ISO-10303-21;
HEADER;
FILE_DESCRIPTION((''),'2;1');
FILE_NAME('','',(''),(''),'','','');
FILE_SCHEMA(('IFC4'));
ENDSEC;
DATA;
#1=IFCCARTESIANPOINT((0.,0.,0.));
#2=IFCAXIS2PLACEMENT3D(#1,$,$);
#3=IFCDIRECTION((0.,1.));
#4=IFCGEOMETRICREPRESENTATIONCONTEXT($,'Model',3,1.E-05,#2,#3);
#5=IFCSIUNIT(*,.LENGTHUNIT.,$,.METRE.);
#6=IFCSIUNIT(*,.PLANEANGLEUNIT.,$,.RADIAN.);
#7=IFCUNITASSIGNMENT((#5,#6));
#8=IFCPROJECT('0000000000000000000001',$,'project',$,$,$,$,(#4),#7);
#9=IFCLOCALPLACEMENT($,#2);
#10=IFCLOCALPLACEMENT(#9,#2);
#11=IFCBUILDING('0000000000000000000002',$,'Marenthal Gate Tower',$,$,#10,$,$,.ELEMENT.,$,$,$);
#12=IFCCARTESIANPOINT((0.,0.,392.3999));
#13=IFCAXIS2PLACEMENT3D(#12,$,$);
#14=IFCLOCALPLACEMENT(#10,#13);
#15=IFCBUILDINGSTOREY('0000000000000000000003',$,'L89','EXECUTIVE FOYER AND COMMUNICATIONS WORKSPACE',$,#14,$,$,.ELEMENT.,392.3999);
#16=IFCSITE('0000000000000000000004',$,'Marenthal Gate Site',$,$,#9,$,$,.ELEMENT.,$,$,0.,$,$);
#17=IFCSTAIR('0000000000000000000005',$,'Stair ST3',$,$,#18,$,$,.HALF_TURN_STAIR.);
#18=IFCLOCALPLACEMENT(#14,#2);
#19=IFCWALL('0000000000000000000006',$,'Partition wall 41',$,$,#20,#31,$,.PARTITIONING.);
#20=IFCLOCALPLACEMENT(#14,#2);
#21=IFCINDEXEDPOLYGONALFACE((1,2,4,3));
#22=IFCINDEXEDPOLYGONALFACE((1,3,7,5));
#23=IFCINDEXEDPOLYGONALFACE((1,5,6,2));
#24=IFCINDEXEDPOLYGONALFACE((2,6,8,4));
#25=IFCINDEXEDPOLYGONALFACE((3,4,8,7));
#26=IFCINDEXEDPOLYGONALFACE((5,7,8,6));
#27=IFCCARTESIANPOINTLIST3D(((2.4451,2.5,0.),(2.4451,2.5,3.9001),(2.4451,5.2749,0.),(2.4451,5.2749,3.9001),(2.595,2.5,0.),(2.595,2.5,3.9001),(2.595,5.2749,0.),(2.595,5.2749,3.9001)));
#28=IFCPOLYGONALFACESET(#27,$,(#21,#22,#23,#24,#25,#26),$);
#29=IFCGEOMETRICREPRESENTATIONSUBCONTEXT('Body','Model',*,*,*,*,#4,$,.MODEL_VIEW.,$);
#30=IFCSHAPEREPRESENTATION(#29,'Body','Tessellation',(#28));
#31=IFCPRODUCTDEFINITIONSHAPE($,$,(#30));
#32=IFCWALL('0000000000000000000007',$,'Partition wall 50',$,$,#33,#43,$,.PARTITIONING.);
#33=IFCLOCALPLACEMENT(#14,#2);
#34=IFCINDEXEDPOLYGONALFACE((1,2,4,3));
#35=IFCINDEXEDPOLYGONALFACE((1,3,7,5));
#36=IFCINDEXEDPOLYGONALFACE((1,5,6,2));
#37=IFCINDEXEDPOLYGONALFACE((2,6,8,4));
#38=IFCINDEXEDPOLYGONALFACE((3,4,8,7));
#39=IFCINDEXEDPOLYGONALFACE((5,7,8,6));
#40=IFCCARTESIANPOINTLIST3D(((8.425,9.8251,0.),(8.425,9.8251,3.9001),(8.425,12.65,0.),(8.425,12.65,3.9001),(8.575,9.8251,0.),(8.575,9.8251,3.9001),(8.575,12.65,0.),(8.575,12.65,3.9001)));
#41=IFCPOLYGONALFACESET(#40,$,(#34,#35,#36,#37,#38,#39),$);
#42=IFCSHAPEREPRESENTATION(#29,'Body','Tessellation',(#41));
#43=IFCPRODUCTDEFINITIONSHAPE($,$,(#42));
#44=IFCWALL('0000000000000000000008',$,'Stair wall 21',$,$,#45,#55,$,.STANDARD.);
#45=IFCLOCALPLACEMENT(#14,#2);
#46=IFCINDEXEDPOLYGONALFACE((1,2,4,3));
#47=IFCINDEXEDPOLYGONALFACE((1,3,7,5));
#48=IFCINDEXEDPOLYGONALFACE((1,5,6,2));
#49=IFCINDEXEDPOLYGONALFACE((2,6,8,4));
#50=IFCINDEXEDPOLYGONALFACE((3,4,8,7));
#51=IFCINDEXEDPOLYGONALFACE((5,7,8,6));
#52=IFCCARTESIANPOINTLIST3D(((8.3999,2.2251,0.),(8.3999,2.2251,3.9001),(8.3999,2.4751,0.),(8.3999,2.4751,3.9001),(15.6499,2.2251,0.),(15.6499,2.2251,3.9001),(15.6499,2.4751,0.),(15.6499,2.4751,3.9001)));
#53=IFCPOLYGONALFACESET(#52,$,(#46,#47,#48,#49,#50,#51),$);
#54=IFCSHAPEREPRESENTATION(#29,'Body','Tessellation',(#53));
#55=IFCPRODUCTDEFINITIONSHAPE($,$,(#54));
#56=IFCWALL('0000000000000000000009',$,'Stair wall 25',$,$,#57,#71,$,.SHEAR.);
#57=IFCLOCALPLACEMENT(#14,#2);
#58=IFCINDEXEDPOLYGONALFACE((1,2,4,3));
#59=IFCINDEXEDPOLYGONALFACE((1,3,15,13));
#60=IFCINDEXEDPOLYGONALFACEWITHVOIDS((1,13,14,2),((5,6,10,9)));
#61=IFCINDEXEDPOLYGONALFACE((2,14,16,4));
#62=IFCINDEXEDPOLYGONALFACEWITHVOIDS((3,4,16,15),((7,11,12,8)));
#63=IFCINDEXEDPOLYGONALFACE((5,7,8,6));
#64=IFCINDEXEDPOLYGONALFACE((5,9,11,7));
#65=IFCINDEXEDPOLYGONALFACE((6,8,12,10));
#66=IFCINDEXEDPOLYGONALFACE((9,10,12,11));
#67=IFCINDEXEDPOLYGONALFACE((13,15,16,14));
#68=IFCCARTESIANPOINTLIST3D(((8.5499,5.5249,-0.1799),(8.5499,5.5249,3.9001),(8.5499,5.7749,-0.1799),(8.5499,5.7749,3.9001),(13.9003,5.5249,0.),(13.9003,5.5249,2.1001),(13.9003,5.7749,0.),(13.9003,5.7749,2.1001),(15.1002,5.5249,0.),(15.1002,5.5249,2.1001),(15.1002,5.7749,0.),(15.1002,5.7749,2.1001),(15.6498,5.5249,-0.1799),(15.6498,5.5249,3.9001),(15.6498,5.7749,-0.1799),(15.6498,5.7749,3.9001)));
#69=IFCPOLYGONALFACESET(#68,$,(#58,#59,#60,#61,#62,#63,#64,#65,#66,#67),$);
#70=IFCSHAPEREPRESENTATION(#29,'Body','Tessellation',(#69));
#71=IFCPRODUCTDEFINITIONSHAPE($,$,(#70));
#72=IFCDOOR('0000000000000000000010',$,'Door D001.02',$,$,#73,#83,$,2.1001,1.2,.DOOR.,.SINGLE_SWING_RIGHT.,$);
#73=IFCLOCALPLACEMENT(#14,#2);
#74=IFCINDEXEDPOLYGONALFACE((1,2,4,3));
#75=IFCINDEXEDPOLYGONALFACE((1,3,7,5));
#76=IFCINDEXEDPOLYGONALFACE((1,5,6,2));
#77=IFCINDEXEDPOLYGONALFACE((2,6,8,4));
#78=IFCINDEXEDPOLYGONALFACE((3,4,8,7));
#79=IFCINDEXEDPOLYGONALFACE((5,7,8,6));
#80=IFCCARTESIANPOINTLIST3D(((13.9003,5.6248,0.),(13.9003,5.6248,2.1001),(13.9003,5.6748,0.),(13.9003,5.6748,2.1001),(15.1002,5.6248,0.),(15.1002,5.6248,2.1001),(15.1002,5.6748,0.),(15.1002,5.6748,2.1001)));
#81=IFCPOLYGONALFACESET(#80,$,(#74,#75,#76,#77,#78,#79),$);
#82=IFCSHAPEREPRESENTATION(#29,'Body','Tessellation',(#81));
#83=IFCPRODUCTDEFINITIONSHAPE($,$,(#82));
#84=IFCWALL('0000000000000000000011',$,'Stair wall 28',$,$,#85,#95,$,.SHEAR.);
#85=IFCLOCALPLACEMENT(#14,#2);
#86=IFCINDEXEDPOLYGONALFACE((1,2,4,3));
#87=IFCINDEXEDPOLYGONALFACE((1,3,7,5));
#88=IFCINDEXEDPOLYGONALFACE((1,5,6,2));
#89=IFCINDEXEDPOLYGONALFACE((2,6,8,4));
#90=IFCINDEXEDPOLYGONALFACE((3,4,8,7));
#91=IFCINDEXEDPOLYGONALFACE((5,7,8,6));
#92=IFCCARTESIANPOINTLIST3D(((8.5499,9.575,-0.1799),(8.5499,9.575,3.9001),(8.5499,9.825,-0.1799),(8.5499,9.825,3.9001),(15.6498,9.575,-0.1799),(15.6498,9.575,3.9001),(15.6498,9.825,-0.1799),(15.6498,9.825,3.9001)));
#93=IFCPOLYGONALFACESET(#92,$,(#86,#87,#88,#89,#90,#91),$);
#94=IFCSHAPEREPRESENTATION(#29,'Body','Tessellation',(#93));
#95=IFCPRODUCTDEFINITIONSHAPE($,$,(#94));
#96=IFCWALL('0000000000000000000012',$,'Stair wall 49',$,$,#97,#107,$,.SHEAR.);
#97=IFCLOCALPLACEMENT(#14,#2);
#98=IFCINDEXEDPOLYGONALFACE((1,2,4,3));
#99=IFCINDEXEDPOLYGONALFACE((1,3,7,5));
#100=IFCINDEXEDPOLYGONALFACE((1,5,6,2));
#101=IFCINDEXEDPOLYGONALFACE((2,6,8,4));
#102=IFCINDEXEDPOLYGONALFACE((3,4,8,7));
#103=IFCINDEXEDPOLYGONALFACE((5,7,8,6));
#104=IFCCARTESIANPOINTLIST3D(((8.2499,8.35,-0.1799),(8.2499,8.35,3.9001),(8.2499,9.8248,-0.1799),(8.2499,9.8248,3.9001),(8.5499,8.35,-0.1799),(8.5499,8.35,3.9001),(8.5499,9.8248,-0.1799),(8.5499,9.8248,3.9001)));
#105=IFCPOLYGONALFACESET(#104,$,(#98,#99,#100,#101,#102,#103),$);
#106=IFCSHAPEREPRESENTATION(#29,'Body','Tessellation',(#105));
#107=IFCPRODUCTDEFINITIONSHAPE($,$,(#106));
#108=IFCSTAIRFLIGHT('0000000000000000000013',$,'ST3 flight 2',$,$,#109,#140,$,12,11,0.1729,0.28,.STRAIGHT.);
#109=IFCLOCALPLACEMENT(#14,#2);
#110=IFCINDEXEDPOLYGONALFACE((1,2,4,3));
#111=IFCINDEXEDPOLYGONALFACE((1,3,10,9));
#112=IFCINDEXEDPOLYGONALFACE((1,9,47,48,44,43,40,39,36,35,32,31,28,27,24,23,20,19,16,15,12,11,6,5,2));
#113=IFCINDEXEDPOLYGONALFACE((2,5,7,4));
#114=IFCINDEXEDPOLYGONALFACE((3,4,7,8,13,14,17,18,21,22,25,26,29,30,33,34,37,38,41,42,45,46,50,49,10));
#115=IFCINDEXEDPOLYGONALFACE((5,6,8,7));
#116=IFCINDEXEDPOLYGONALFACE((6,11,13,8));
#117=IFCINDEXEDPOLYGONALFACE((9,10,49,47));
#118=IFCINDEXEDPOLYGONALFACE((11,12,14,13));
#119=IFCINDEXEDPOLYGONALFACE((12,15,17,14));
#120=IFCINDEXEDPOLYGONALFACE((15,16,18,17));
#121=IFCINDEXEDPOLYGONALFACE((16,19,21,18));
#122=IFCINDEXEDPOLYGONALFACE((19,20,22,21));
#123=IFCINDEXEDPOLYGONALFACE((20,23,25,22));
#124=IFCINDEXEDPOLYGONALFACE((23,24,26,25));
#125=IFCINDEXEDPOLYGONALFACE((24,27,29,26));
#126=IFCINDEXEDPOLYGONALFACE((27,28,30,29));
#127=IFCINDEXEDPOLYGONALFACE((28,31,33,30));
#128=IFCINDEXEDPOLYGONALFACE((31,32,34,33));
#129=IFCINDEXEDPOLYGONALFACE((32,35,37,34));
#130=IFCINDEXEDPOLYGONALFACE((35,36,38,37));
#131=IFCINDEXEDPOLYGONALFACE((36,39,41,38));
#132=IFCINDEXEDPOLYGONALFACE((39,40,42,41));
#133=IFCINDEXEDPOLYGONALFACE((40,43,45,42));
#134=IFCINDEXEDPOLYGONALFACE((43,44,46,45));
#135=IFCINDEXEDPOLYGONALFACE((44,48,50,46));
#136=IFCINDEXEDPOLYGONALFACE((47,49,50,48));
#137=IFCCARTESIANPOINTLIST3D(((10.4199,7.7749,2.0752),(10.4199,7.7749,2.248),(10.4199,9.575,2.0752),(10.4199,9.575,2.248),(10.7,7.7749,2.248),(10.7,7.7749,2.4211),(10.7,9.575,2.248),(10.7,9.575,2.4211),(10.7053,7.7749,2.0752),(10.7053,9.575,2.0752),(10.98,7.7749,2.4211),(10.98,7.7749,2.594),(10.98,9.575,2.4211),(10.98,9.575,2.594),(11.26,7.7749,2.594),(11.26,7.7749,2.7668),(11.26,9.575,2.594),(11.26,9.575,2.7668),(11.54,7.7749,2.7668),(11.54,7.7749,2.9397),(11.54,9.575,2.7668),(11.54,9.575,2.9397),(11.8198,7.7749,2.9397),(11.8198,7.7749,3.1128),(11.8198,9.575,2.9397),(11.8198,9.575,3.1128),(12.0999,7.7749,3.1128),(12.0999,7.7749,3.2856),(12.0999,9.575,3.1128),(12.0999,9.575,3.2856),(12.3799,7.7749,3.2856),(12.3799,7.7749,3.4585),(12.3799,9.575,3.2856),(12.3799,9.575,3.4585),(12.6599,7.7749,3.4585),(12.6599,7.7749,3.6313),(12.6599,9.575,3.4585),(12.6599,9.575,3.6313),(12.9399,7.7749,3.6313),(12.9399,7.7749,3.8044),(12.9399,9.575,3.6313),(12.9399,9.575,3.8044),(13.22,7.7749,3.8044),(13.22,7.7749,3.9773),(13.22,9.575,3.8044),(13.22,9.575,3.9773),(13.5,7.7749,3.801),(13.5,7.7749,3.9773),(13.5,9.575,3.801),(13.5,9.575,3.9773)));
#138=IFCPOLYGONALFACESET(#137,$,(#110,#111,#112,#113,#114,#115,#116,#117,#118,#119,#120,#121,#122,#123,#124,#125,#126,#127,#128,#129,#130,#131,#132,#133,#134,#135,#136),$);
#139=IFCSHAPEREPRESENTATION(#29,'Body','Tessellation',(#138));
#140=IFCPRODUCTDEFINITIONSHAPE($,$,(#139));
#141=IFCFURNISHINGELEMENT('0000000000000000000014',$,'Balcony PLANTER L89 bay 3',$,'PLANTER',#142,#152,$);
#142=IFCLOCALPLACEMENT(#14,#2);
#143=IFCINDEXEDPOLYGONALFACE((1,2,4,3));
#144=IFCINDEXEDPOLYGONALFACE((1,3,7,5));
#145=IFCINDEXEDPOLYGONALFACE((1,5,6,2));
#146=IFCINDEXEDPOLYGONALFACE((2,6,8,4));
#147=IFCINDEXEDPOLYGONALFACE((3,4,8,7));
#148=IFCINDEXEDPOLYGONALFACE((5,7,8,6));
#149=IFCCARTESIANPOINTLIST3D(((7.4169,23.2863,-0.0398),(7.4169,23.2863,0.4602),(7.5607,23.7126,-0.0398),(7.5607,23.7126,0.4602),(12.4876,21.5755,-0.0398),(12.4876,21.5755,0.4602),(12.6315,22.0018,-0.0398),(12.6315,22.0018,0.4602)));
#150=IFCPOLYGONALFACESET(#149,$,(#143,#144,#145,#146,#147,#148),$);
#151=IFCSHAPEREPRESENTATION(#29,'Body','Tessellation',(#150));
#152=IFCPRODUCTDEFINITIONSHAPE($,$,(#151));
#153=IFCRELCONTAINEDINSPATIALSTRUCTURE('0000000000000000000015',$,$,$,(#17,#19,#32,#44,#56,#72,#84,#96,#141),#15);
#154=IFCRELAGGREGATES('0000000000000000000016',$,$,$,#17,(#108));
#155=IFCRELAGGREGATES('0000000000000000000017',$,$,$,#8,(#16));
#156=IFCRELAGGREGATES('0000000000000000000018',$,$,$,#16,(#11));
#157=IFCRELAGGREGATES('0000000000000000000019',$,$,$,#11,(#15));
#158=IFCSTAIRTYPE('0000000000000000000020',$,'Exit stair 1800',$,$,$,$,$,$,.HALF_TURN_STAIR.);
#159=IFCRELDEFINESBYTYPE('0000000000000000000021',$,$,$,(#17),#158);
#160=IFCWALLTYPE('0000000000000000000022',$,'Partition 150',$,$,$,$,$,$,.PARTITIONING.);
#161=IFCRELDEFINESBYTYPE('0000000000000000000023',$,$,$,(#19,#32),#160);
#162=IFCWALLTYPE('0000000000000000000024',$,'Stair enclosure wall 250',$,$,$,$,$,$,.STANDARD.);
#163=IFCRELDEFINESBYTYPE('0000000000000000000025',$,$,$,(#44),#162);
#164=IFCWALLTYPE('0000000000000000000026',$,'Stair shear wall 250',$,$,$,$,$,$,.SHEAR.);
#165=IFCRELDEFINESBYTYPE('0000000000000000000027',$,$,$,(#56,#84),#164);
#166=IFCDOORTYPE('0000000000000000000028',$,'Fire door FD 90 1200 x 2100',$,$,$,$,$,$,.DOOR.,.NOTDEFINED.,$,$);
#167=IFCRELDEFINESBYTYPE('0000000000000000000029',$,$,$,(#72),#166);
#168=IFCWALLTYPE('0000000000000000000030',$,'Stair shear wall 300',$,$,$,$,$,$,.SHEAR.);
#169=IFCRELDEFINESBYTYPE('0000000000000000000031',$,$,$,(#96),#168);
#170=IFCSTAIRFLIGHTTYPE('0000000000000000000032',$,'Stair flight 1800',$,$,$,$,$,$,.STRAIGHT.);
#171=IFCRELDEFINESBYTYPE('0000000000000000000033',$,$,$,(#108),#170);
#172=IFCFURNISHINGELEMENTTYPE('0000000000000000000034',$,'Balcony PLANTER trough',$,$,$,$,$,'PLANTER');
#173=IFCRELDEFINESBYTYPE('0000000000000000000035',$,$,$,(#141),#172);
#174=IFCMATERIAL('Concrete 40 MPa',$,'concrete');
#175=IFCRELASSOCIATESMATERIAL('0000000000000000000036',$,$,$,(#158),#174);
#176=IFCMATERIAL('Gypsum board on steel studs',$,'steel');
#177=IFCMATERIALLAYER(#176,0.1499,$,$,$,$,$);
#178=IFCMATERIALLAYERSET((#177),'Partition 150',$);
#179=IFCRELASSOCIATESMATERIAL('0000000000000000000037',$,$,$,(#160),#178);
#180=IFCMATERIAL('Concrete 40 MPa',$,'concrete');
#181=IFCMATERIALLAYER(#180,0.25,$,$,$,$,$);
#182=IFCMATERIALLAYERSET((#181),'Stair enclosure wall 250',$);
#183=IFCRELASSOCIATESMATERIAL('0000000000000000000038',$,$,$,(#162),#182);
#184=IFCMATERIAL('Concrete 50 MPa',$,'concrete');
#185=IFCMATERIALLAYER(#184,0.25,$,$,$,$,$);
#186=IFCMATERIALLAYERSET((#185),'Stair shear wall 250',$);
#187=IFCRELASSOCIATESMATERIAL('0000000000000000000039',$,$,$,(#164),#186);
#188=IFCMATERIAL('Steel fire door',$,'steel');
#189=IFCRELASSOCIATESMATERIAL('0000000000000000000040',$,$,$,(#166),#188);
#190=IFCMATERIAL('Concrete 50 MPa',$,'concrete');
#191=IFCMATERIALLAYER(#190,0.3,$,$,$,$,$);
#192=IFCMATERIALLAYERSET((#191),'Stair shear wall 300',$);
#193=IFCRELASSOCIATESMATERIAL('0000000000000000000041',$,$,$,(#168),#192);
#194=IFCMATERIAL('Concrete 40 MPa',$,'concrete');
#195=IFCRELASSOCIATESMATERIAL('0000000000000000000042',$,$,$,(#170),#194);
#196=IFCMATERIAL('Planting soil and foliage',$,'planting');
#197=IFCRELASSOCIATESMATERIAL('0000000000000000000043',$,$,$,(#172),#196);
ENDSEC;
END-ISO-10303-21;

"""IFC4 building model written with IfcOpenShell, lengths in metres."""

from ifc_helpers import new_model, si_unit, direction, frame, frame_2d, origin, origin_2d, place, context, subcontext, project, spatial, polyline, rectangle, outline, extrude, material, layer, layer_set, type_object, element, fill, aggregate, save


model = new_model("IFC4")

# Units and contexts
model_context = context("Model", 3, precision=1e-05, world=origin(), true_north=direction((0.0, 1.0)))
body_context = subcontext(model_context, "Body", "Model", "MODEL_VIEW")
ifc_project = project(units=[si_unit("LENGTHUNIT", "METRE"), si_unit("PLANEANGLEUNIT", "RADIAN")], contexts=[model_context])

# Site, building, storey
site_placement = place(None, origin())
site = spatial("IfcSite", under=ifc_project, at=site_placement, Name="Marenthal Gate Site", CompositionType="ELEMENT", RefElevation=0.0)
building_placement = place(site_placement, origin())
building = spatial("IfcBuilding", under=site, at=building_placement, Name="Marenthal Gate Tower", CompositionType="ELEMENT")
storey_placement = place(building_placement, frame((0.0, 0.0, 392.3999)))
storey = spatial("IfcBuildingStorey", under=building, at=storey_placement, Name="L89", Description="EXECUTIVE FOYER AND COMMUNICATIONS WORKSPACE", CompositionType="ELEMENT", Elevation=392.3999)

# Stair
ifc_material_1 = material(Name="Concrete 40 MPa", Category="concrete")
stair_type = type_object("IfcStairType", Name="Exit stair 1800", PredefinedType="HALF_TURN_STAIR", material=ifc_material_1)
stair_1_placement = place(storey_placement, origin())
stair_1 = element("IfcStair", 1, at=stair_1_placement, inside=storey, type_object=stair_type, Name="Stair ST3", PredefinedType="HALF_TURN_STAIR")

# Walls
ifc_material_2 = material(Name="Gypsum board on steel studs", Category="steel")
ifc_layer_1 = layer(ifc_material_2, 0.1499)
ifc_layer_set_1 = layer_set([ifc_layer_1], Name="Partition 150")
wall_type_1 = type_object("IfcWallType", Name="Partition 150", PredefinedType="PARTITIONING", material=ifc_layer_set_1)
wall_1_placement = place(storey_placement, frame((2.52, 2.5, 0.0), z_axis=(0.0, 0.0, 1.0), x_axis=(0.0, 1.0, 0.0)))
element("IfcWall", 2, at=wall_1_placement, inside=storey, type_object=wall_type_1, Name="Partition wall 41", PredefinedType="PARTITIONING", context=body_context, shape_type="SweptSolid", body=[
    extrude(rectangle(XDim=2.7749, YDim=0.1499, at=frame_2d((1.3875, 0.0))), origin(), (0.0, 0.0, 1.0), 3.9001),
])
wall_2_placement = place(storey_placement, frame((8.5, 9.825, 0.0), z_axis=(0.0, 0.0, 1.0), x_axis=(0.0, 1.0, 0.0)))
element("IfcWall", 3, at=wall_2_placement, inside=storey, type_object=wall_type_1, Name="Partition wall 50", PredefinedType="PARTITIONING", context=body_context, shape_type="SweptSolid", body=[
    extrude(rectangle(XDim=2.825, YDim=0.1499, at=frame_2d((1.4126, 0.0))), origin(), (0.0, 0.0, 1.0), 3.9001),
])
ifc_material_3 = material(Name="Concrete 40 MPa", Category="concrete")
ifc_layer_2 = layer(ifc_material_3, 0.25)
ifc_layer_set_2 = layer_set([ifc_layer_2], Name="Stair enclosure wall 250")
wall_type_2 = type_object("IfcWallType", Name="Stair enclosure wall 250", PredefinedType="STANDARD", material=ifc_layer_set_2)
wall_3_placement = place(storey_placement, frame((8.3999, 2.3501, 0.0), z_axis=(0.0, 0.0, 1.0), x_axis=(1.0, 0.0, 0.0)))
element("IfcWall", 4, at=wall_3_placement, inside=storey, type_object=wall_type_2, Name="Stair wall 21", PredefinedType="STANDARD", context=body_context, shape_type="SweptSolid", body=[
    extrude(rectangle(XDim=7.25, YDim=0.25, at=frame_2d((3.625, 0.0))), origin(), (0.0, 0.0, 1.0), 3.9001),
])

# Wall, opening, door
ifc_material_4 = material(Name="Concrete 50 MPa", Category="concrete")
ifc_layer_3 = layer(ifc_material_4, 0.25)
ifc_layer_set_3 = layer_set([ifc_layer_3], Name="Stair shear wall 250")
wall_type_3 = type_object("IfcWallType", Name="Stair shear wall 250", PredefinedType="SHEAR", material=ifc_layer_set_3)
wall_4_placement = place(storey_placement, frame((8.55, 5.6499, -0.1799), z_axis=(0.0, 0.0, 1.0), x_axis=(1.0, 0.0, 0.0)))
wall_4 = element("IfcWall", 5, at=wall_4_placement, inside=storey, type_object=wall_type_3, Name="Stair wall 25", PredefinedType="SHEAR", context=body_context, shape_type="SweptSolid", body=[
    extrude(rectangle(XDim=7.0999, YDim=0.25, at=frame_2d((3.5498, 0.0))), origin(), (0.0, 0.0, 1.0), 4.0801),
])
opening_placement = place(wall_4_placement, frame((5.3501, 0.0, 0.1799)))
opening = element("IfcOpeningElement", 6, at=opening_placement, cuts=wall_4, PredefinedType="OPENING", context=body_context, shape_type="SweptSolid", body=[
    extrude(rectangle(XDim=1.2, YDim=2.1001, at=frame_2d((0.6001, 1.05))), frame((0.0, 0.135, 0.0), z_axis=(0.0, -1.0, 0.0), x_axis=(1.0, 0.0, 0.0)), (0.0, 0.0, 1.0), 0.27),
])
ifc_material_5 = material(Name="Steel fire door", Category="steel")
door_type = type_object("IfcDoorType", Name="Fire door FD 90 1200 x 2100", OperationType="NOTDEFINED", PredefinedType="DOOR", material=ifc_material_5)
door_placement = place(opening_placement, origin())
door = element("IfcDoor", 7, at=door_placement, inside=storey, type_object=door_type, Name="Door D001.02", OperationType="SINGLE_SWING_RIGHT", OverallHeight=2.1001, OverallWidth=1.2, PredefinedType="DOOR", context=body_context, shape_type="SweptSolid", body=[
    extrude(rectangle(XDim=1.2, YDim=2.1001, at=frame_2d((0.6001, 1.05))), frame((0.0, 0.0249, 0.0), z_axis=(0.0, -1.0, 0.0), x_axis=(1.0, 0.0, 0.0)), (0.0, 0.0, 1.0), 0.05),
])
fill(opening, door)

# Walls
wall_5_placement = place(storey_placement, frame((8.55, 9.7, -0.1799), z_axis=(0.0, 0.0, 1.0), x_axis=(1.0, 0.0, 0.0)))
element("IfcWall", 8, at=wall_5_placement, inside=storey, type_object=wall_type_3, Name="Stair wall 28", PredefinedType="SHEAR", context=body_context, shape_type="SweptSolid", body=[
    extrude(rectangle(XDim=7.0999, YDim=0.25, at=frame_2d((3.5498, 0.0))), origin(), (0.0, 0.0, 1.0), 4.0801),
])
ifc_material_6 = material(Name="Concrete 50 MPa", Category="concrete")
ifc_layer_4 = layer(ifc_material_6, 0.3)
ifc_layer_set_4 = layer_set([ifc_layer_4], Name="Stair shear wall 300")
wall_type_4 = type_object("IfcWallType", Name="Stair shear wall 300", PredefinedType="SHEAR", material=ifc_layer_set_4)
wall_6_placement = place(storey_placement, frame((8.3999, 8.3501, -0.1799), z_axis=(0.0, 0.0, 1.0), x_axis=(0.0, 1.0, 0.0)))
element("IfcWall", 9, at=wall_6_placement, inside=storey, type_object=wall_type_4, Name="Stair wall 49", PredefinedType="SHEAR", context=body_context, shape_type="SweptSolid", body=[
    extrude(rectangle(XDim=1.4749, YDim=0.3, at=frame_2d((0.7373, 0.0))), origin(), (0.0, 0.0, 1.0), 4.0801),
])

# Stair flight
ifc_material_7 = material(Name="Concrete 40 MPa", Category="concrete")
stair_flight_type = type_object("IfcStairFlightType", Name="Stair flight 1800", PredefinedType="STRAIGHT", material=ifc_material_7)
stair_flight_placement = place(storey_placement, frame((10.4199, 8.675, 2.0752), z_axis=(0.0, 0.0, 1.0), x_axis=(1.0, 0.0, 0.0)))
stair_flight = element("IfcStairFlight", 10, at=stair_flight_placement, type_object=stair_flight_type, Name="ST3 flight 2", NumberOfRisers=12, NumberOfTreads=11, PredefinedType="STRAIGHT", RiserHeight=0.1729, TreadLength=0.28, context=body_context, shape_type="SweptSolid", body=[
    extrude(outline(polyline([(0.0, 0.0), (0.0, 0.1729), (0.28, 0.1729), (0.28, 0.3459), (0.5601, 0.3459), (0.5601, 0.5188), (0.8401, 0.5188), (0.8401, 0.6917), (1.1201, 0.6917), (1.1201, 0.8645), (1.3999, 0.8645), (1.3999, 1.0376), (1.6799, 1.0376), (1.6799, 1.2104), (1.96, 1.2104), (1.96, 1.3833), (2.24, 1.3833), (2.24, 1.5562), (2.52, 1.5562), (2.52, 1.7292), (2.8, 1.7292), (2.8, 1.9021), (3.0801, 1.9021), (3.0801, 2.075), (3.0801, 1.7258), (0.2854, 0.0), (0.0, 0.0)])), frame((0.0, 0.8999, 0.0), z_axis=(0.0, -1.0, 0.0), x_axis=(1.0, 0.0, 0.0)), (0.0, 0.0, 1.0), 1.8),
])
aggregate(stair_1, [stair_flight])

# Furnishing element
ifc_material_8 = material(Name="Planting soil and foliage", Category="planting")
furnishing_element_type = type_object("IfcFurnishingElementType", Name="Balcony PLANTER trough", ElementType="PLANTER", material=ifc_material_8)
furnishing_placement = place(storey_placement, frame((10.0242, 22.644, -0.0398), z_axis=(0.0, 0.0, 1.0), x_axis=(-0.947527, 0.319676, 0.0)))
element("IfcFurnishingElement", 11, at=furnishing_placement, inside=storey, type_object=furnishing_element_type, Name="Balcony PLANTER L89 bay 3", ObjectType="PLANTER", context=body_context, shape_type="SweptSolid", body=[
    extrude(rectangle(XDim=5.3516, YDim=0.45, at=origin_2d()), origin(), (0.0, 0.0, 1.0), 0.5),
])

save(model, "model.ifc")
